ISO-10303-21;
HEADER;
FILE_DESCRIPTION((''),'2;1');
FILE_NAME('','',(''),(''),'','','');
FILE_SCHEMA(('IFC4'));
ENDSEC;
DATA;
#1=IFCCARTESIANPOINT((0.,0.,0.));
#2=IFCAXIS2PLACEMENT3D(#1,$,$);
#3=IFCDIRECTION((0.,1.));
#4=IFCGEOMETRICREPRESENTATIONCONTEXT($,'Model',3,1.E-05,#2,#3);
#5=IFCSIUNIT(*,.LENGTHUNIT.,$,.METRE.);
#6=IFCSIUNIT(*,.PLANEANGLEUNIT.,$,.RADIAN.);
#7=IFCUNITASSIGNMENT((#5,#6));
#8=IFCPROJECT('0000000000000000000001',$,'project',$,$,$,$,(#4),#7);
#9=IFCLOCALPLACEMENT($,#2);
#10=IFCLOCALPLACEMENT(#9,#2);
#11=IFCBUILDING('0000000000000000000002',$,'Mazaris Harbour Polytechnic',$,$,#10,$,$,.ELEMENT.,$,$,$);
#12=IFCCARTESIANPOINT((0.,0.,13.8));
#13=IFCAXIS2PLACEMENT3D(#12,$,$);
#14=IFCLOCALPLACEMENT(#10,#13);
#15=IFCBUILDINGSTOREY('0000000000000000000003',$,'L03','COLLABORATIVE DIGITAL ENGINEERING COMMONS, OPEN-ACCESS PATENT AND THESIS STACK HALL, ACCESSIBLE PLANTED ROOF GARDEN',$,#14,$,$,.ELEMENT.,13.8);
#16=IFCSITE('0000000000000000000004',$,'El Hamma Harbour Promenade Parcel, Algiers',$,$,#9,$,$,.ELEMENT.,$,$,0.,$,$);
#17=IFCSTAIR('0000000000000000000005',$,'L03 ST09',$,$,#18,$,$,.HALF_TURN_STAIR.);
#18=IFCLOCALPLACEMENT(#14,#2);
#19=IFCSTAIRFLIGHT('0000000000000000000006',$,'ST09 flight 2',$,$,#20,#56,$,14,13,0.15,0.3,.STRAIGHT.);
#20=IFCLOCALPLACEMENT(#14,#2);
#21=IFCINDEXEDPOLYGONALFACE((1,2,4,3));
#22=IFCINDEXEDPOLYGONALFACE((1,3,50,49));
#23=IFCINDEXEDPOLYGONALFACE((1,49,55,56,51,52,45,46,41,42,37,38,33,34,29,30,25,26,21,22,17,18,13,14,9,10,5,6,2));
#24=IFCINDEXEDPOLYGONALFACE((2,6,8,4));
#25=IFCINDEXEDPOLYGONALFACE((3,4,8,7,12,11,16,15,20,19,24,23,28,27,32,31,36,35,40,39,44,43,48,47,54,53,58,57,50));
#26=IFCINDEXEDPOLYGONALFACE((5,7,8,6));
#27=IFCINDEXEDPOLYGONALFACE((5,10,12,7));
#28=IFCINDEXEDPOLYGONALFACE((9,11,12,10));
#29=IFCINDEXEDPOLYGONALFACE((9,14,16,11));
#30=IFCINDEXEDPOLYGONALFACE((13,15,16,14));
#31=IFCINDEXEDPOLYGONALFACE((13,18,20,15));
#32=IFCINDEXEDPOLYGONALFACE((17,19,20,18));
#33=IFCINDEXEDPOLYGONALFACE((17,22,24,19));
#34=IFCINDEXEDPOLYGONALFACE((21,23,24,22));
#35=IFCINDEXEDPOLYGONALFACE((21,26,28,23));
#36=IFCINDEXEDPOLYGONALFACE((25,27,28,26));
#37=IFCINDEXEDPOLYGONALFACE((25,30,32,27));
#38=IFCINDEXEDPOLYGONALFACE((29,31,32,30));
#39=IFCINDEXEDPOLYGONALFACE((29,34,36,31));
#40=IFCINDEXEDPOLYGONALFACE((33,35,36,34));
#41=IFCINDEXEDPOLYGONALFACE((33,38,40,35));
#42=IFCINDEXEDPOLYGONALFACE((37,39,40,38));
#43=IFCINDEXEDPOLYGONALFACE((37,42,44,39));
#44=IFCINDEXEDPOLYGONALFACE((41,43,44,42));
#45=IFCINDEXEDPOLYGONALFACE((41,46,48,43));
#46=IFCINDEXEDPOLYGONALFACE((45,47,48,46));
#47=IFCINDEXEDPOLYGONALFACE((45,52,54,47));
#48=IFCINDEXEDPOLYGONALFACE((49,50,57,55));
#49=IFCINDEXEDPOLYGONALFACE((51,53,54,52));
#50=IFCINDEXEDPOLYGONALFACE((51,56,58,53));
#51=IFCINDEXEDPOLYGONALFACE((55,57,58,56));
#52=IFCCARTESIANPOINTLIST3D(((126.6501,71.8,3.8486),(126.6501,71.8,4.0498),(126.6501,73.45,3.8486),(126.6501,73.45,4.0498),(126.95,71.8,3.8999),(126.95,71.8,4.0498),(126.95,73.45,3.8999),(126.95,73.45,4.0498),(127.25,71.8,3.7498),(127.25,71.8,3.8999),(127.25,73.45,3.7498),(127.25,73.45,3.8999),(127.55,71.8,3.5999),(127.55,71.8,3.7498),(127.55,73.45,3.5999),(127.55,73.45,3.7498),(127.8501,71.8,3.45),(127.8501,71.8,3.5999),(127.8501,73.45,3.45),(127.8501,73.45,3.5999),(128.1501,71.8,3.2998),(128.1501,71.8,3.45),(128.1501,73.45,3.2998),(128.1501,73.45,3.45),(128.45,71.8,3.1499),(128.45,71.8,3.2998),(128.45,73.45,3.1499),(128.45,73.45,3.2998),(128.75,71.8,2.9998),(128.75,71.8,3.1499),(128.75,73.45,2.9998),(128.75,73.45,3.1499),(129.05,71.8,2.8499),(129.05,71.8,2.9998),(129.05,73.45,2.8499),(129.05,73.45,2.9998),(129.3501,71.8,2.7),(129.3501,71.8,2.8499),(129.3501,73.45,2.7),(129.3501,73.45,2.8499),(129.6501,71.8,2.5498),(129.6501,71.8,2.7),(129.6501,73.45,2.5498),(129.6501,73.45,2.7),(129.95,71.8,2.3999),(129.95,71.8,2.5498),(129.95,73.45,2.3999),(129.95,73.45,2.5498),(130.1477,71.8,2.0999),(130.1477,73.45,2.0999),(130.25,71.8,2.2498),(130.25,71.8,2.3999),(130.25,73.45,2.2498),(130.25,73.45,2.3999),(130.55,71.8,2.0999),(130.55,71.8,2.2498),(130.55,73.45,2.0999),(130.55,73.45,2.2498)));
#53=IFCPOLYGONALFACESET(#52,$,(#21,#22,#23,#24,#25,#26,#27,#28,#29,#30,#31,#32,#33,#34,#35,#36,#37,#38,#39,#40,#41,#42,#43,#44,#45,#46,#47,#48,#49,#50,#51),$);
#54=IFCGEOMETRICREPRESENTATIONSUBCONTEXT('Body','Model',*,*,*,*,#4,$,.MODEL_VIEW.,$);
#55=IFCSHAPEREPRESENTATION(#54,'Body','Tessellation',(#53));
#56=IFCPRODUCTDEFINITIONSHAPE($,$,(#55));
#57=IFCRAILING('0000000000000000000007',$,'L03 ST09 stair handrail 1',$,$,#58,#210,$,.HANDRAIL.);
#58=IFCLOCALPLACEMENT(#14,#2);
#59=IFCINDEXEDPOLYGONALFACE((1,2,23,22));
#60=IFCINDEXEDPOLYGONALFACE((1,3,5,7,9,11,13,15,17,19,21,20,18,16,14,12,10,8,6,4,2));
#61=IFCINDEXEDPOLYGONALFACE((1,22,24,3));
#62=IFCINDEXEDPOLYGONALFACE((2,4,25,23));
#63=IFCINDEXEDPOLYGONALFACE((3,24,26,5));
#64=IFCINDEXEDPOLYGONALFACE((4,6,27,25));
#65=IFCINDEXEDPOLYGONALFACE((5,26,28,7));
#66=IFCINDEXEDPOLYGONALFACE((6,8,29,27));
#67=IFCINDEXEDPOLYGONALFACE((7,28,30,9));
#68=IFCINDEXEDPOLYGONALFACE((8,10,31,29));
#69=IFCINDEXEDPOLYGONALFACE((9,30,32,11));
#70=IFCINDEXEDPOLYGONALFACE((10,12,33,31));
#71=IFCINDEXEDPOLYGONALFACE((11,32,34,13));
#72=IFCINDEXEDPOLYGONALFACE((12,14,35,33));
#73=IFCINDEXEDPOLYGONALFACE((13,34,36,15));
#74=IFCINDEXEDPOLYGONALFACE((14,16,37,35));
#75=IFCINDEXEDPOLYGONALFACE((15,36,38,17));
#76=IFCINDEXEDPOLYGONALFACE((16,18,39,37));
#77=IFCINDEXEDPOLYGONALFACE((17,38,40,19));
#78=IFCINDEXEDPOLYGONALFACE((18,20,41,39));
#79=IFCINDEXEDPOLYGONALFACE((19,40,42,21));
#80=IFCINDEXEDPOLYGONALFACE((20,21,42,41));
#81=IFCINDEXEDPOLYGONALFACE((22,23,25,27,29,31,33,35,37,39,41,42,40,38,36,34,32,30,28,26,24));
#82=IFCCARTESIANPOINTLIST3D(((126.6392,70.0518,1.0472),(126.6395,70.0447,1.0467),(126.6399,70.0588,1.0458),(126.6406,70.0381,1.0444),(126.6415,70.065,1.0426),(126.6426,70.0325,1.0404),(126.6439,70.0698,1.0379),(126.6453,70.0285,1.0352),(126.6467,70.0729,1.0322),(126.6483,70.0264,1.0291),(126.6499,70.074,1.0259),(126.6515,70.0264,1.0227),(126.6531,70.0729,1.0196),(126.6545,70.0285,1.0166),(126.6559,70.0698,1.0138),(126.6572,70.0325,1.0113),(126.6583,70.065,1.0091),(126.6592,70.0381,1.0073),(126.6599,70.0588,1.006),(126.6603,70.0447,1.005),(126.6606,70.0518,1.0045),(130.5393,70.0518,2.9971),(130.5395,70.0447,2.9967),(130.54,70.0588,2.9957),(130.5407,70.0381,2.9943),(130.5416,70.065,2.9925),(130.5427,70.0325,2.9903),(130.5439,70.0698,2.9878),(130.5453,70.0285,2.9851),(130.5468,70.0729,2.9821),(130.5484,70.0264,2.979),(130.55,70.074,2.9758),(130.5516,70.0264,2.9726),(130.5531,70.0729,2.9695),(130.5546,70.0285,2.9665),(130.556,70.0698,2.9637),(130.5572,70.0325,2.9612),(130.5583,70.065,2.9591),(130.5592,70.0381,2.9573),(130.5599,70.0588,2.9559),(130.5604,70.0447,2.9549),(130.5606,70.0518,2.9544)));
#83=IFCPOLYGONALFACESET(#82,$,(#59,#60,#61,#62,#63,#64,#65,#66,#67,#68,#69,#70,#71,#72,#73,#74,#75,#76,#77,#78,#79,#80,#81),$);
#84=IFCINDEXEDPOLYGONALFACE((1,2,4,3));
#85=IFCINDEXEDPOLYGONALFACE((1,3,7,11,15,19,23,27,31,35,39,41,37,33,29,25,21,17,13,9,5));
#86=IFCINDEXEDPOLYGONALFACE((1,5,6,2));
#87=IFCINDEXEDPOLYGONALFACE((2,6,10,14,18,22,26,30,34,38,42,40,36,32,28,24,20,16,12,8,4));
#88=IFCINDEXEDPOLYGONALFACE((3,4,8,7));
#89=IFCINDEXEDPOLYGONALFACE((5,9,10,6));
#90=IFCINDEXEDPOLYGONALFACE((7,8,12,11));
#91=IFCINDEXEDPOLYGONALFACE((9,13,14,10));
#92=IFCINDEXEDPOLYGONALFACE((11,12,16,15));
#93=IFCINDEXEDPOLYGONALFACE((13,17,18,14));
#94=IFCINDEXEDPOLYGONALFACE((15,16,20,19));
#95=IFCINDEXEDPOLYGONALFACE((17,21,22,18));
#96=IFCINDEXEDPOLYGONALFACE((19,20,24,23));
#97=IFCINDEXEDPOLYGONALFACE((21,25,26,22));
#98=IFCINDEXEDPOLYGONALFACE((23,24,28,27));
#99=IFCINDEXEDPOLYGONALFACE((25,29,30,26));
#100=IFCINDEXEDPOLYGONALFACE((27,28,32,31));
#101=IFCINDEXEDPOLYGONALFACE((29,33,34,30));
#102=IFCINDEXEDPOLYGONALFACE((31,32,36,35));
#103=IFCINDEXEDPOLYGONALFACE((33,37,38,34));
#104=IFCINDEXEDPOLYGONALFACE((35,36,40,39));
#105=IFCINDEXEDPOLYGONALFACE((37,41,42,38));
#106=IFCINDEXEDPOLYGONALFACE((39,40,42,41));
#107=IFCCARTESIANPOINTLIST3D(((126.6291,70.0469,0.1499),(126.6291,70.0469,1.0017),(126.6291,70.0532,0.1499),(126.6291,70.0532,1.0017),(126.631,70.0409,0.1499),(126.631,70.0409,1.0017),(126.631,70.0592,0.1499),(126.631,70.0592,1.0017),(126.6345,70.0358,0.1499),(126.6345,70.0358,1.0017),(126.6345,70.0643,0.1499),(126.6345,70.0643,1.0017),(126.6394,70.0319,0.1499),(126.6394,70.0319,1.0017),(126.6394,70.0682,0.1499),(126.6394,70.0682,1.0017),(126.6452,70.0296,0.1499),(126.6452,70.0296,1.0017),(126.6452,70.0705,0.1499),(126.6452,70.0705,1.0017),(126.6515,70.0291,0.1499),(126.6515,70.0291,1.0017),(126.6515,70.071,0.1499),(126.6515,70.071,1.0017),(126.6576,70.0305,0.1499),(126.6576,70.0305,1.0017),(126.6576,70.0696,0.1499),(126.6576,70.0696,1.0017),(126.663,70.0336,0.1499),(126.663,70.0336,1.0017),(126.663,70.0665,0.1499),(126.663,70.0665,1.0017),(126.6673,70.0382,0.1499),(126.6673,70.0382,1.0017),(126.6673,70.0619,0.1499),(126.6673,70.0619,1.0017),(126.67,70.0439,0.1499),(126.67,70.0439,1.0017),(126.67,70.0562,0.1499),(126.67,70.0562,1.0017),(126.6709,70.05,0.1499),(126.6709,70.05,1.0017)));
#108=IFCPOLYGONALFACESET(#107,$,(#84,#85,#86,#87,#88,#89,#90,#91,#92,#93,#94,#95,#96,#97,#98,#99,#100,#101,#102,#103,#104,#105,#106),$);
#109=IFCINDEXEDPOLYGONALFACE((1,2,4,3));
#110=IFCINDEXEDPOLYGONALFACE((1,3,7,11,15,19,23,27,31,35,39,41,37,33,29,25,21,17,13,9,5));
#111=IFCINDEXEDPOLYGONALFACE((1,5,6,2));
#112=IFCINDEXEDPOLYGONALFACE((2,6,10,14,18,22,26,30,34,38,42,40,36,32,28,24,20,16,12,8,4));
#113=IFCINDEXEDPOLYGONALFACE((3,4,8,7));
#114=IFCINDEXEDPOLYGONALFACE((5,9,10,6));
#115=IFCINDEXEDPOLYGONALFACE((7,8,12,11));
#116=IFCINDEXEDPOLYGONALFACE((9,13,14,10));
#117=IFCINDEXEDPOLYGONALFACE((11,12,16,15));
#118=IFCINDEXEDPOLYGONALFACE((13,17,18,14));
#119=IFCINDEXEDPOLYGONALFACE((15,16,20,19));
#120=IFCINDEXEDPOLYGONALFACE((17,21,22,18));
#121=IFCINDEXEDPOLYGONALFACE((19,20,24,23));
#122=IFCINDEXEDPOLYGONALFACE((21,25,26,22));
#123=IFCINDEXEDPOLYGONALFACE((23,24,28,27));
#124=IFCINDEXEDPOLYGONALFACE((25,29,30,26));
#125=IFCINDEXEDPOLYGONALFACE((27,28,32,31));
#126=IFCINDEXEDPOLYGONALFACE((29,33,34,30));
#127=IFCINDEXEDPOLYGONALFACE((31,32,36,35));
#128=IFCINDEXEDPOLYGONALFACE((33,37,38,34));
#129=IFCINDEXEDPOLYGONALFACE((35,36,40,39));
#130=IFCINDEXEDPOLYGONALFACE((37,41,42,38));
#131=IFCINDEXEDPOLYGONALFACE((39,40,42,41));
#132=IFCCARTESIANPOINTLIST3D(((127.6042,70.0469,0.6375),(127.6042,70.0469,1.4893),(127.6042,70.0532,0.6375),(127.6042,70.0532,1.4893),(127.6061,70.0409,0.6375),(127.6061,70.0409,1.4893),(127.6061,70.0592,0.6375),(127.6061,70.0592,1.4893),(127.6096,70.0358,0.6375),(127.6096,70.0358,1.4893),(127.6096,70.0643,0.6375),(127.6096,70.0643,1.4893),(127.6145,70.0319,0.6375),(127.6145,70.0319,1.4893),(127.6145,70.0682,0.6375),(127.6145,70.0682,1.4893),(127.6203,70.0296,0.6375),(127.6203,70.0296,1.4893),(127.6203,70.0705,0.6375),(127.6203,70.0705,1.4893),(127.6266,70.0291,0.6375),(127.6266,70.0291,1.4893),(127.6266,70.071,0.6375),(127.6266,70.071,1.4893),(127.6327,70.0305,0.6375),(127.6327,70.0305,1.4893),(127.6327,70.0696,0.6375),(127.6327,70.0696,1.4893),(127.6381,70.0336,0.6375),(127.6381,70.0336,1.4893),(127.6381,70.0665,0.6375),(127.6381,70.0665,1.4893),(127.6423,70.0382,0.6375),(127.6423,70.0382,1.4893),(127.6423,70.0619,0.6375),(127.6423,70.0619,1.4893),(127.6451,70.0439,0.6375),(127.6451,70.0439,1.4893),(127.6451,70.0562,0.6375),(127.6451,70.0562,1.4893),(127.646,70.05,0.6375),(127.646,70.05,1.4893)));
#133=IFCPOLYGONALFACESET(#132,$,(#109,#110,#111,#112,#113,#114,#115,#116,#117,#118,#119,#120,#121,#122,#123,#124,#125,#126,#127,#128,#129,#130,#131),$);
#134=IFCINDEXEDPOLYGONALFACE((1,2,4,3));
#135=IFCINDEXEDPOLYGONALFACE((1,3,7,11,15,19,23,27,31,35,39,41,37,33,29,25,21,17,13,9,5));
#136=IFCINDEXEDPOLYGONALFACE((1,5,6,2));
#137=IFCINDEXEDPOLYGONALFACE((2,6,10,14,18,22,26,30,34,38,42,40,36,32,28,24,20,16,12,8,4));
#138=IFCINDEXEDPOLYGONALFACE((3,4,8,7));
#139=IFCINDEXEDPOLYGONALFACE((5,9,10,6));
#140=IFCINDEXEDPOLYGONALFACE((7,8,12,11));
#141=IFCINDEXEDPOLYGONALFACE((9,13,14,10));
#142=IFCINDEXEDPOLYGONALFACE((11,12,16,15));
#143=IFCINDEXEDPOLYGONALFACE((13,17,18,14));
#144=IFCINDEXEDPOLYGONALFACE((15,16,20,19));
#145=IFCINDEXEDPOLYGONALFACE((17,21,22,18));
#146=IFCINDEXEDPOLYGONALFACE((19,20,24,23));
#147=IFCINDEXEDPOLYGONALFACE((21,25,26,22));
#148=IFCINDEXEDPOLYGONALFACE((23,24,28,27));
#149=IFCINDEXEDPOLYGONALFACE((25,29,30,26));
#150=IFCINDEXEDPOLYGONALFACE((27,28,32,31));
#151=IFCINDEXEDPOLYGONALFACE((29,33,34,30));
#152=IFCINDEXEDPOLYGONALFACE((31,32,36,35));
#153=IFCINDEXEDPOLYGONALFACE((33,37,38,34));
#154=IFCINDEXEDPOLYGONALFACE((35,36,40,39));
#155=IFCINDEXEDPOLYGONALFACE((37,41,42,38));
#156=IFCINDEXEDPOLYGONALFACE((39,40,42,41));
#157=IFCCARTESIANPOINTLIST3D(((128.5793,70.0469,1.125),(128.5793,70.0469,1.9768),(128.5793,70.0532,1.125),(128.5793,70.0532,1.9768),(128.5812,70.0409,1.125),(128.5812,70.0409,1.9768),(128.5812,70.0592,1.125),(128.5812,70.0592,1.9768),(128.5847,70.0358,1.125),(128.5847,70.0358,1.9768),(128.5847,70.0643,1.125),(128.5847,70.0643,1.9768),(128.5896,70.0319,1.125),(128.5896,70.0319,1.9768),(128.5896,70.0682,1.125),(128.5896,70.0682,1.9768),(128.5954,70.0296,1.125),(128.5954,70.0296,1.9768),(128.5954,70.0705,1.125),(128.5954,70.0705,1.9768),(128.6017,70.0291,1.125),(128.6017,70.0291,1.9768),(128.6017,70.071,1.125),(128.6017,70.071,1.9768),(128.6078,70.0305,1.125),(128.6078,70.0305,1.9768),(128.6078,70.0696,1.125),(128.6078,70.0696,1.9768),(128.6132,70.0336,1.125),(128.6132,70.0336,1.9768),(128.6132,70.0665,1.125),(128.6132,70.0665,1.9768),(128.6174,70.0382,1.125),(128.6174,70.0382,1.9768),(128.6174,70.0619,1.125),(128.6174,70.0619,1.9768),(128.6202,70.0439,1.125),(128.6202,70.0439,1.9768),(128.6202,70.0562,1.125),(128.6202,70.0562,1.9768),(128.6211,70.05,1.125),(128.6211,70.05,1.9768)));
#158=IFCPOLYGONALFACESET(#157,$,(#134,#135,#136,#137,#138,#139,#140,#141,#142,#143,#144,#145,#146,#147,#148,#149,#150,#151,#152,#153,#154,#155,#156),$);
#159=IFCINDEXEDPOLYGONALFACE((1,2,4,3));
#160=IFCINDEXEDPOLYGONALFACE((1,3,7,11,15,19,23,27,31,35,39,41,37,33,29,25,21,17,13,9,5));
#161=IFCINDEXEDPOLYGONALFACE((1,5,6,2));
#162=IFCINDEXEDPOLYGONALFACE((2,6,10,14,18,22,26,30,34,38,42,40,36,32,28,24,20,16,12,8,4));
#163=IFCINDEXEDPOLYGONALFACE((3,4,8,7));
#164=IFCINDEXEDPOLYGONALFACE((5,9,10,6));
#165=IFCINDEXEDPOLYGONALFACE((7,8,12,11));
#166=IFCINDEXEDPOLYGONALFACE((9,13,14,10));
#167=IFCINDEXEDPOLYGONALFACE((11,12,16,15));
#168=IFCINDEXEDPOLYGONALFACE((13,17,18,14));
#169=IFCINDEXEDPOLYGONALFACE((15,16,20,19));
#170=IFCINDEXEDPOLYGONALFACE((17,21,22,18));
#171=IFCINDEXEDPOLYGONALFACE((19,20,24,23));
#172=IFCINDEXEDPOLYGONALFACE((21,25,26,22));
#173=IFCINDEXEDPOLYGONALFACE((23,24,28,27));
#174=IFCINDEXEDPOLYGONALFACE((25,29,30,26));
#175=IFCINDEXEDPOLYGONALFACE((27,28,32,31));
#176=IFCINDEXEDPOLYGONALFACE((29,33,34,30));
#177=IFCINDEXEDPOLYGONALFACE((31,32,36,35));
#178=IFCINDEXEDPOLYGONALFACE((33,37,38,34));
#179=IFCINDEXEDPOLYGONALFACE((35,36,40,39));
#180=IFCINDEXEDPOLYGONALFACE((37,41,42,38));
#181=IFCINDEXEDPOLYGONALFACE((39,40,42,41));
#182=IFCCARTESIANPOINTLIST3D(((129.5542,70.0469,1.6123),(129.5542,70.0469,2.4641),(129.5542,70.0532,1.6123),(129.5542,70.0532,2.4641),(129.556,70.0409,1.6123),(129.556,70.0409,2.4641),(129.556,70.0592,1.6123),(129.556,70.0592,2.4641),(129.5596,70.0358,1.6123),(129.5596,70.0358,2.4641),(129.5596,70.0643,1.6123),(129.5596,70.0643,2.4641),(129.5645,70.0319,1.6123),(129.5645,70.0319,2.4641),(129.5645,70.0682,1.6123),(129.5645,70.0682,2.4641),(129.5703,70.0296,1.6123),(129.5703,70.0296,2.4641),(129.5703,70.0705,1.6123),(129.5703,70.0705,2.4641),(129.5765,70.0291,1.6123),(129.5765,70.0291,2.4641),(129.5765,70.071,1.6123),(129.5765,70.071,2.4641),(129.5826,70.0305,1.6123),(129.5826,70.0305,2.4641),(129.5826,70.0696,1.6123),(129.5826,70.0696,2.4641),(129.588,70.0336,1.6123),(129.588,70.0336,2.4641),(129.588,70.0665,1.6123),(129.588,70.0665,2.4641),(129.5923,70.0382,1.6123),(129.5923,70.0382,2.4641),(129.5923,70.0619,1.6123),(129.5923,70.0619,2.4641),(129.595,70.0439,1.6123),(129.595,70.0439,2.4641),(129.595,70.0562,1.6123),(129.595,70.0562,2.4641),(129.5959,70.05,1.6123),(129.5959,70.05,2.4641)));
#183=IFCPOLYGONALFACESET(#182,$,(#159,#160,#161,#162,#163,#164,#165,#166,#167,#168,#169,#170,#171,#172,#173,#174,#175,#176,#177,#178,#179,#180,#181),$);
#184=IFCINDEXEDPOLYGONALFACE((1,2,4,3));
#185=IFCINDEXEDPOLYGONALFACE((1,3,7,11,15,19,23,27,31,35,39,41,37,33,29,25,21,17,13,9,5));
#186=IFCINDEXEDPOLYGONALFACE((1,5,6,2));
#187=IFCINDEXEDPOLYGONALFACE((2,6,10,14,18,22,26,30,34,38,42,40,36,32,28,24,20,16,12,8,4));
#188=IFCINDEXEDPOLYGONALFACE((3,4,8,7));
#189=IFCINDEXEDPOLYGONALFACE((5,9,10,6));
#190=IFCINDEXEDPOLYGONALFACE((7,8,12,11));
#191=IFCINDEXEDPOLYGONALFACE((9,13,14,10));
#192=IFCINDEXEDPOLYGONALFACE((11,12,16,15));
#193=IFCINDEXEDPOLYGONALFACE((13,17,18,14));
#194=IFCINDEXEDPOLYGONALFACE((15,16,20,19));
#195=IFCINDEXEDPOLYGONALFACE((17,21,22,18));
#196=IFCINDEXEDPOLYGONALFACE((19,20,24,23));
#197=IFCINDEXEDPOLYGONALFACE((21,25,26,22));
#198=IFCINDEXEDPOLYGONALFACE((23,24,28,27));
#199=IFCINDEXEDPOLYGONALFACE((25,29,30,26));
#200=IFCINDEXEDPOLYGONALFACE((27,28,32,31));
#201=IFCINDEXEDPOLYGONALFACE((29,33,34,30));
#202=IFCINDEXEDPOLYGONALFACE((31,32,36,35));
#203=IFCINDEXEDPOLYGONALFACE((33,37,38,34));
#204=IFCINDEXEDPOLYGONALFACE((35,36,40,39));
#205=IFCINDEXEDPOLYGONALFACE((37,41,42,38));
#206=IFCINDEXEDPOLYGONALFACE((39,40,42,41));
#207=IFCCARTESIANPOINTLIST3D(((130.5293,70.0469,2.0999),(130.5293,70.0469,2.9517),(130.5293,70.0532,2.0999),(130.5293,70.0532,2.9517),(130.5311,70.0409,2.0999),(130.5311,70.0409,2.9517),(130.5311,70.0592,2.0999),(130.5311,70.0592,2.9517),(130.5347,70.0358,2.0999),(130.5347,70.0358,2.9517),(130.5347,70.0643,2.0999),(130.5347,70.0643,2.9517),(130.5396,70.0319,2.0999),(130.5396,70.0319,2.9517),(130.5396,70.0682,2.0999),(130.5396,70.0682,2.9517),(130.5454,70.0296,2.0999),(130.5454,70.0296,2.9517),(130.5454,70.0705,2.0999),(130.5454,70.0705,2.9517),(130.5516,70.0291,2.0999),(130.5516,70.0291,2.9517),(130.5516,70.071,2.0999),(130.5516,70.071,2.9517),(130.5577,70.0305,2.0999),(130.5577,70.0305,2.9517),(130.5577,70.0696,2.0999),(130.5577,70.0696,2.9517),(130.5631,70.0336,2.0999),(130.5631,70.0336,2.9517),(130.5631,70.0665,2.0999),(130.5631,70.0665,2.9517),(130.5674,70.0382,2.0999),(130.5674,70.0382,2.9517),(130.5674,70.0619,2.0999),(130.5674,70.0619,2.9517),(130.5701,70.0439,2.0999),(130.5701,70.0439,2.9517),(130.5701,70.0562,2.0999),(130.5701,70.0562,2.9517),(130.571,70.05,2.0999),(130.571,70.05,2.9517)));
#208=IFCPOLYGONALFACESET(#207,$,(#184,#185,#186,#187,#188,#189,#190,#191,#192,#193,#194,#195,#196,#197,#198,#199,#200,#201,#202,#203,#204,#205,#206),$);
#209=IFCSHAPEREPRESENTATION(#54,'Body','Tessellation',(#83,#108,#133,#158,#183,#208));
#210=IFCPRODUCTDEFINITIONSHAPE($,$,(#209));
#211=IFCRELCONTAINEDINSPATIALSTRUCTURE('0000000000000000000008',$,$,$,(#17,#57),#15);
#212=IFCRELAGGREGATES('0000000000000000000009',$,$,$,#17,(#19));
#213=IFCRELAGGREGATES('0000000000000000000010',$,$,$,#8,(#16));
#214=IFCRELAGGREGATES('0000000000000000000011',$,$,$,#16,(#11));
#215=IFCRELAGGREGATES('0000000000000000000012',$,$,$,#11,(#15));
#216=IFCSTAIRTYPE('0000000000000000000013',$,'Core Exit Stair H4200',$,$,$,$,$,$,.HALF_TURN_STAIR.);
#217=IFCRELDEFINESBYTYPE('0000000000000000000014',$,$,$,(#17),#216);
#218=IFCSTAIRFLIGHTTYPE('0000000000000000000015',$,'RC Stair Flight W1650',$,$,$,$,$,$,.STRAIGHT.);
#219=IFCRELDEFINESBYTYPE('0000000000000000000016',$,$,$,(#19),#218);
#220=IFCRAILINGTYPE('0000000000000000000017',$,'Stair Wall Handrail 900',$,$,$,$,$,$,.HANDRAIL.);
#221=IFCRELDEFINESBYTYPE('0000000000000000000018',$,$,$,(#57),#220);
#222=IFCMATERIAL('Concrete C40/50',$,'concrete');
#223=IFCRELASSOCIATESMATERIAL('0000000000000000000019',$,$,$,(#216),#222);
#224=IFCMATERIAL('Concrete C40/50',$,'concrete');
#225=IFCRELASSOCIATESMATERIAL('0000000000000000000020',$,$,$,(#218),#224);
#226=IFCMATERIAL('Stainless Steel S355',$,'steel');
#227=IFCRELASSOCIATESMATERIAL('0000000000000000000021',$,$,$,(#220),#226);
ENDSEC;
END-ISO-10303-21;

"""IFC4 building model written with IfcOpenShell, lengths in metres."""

from ifc_helpers import new_model, si_unit, direction, frame, origin, origin_2d, place, context, subcontext, project, spatial, polyline, circle, outline, extrude, material, type_object, element, aggregate, save


model = new_model("IFC4")

# Units and contexts
model_context = context("Model", 3, precision=1e-05, world=origin(), true_north=direction((0.0, 1.0)))
body_context = subcontext(model_context, "Body", "Model", "MODEL_VIEW")
ifc_project = project(units=[si_unit("LENGTHUNIT", "METRE"), si_unit("PLANEANGLEUNIT", "RADIAN")], contexts=[model_context])

# Site, building, storey
site_placement = place(None, origin())
site = spatial("IfcSite", under=ifc_project, at=site_placement, Name="El Hamma Harbour Promenade Parcel, Algiers", CompositionType="ELEMENT", RefElevation=0.0)
building_placement = place(site_placement, origin())
building = spatial("IfcBuilding", under=site, at=building_placement, Name="Mazaris Harbour Polytechnic", CompositionType="ELEMENT")
storey_placement = place(building_placement, frame((0.0, 0.0, 13.8)))
storey = spatial("IfcBuildingStorey", under=building, at=storey_placement, Name="L03", Description="COLLABORATIVE DIGITAL ENGINEERING COMMONS, OPEN-ACCESS PATENT AND THESIS STACK HALL, ACCESSIBLE PLANTED ROOF GARDEN", CompositionType="ELEMENT", Elevation=13.8)

# Stair, stair flight
ifc_material_1 = material(Name="Concrete C40/50", Category="concrete")
stair_type = type_object("IfcStairType", Name="Core Exit Stair H4200", PredefinedType="HALF_TURN_STAIR", material=ifc_material_1)
stair_placement = place(storey_placement, origin())
stair = element("IfcStair", 1, at=stair_placement, inside=storey, type_object=stair_type, Name="L03 ST09", PredefinedType="HALF_TURN_STAIR")
ifc_material_2 = material(Name="Concrete C40/50", Category="concrete")
stair_flight_type = type_object("IfcStairFlightType", Name="RC Stair Flight W1650", PredefinedType="STRAIGHT", material=ifc_material_2)
stair_flight_1_placement = place(storey_placement, frame((130.55, 72.625, 2.0999), z_axis=(0.0, 0.0, 1.0), x_axis=(-1.0, 0.0, 0.0)))
stair_flight_1 = element("IfcStairFlight", 2, at=stair_flight_1_placement, type_object=stair_flight_type, Name="ST09 flight 2", NumberOfRisers=14, NumberOfTreads=13, PredefinedType="STRAIGHT", RiserHeight=0.15, TreadLength=0.3, context=body_context, shape_type="SweptSolid", body=[
    extrude(outline(polyline([(0.0, 0.0), (0.0, 0.1499), (0.3, 0.1499), (0.3, 0.3), (0.6001, 0.3), (0.6001, 0.45), (0.8999, 0.45), (0.8999, 0.6001), (1.2, 0.6001), (1.2, 0.75), (1.5, 0.75), (1.5, 0.8999), (1.8, 0.8999), (1.8, 1.05), (2.1001, 1.05), (2.1001, 1.2), (2.3999, 1.2), (2.3999, 1.3501), (2.7, 1.3501), (2.7, 1.5), (3.0, 1.5), (3.0, 1.6499), (3.3, 1.6499), (3.3, 1.8), (3.6001, 1.8), (3.6001, 1.95), (3.8999, 1.95), (3.8999, 2.1001), (3.8999, 1.7488), (0.4023, 0.0), (0.0, 0.0)])), frame((0.0, 0.825, 0.0), z_axis=(0.0, -1.0, 0.0), x_axis=(1.0, 0.0, 0.0)), (0.0, 0.0, 1.0), 1.6499),
])
aggregate(stair, [stair_flight_1])

# Railing
ifc_material_3 = material(Name="Stainless Steel S355", Category="steel")
railing_type_1 = type_object("IfcRailingType", Name="Stair Wall Handrail 900", PredefinedType="HANDRAIL", material=ifc_material_3)
railing_1_placement = place(storey_placement, frame((126.6499, 70.05, 0.1499)))
element("IfcRailing", 3, at=railing_1_placement, inside=storey, type_object=railing_type_1, Name="L03 ST09 stair handrail 1", PredefinedType="HANDRAIL", context=body_context, shape_type="SweptSolid", body=[
    extrude(circle(Radius=0.0239, at=origin_2d()), frame((0.0, 0.0, 0.876), z_axis=(0.894438, 0.0, 0.447191), x_axis=(0.0, 1.0, 0.0)), (0.0, 0.0, 1.0), 4.3604),
    extrude(circle(Radius=0.021, at=origin_2d()), origin(), (0.0, 0.0, 1.0), 0.8518),
    extrude(circle(Radius=0.021, at=origin_2d()), frame((0.9751, 0.0, 0.4875)), (0.0, 0.0, 1.0), 0.8518),
    extrude(circle(Radius=0.021, at=origin_2d()), frame((1.9502, 0.0, 0.9751)), (0.0, 0.0, 1.0), 0.8518),
    extrude(circle(Radius=0.021, at=origin_2d()), frame((2.925, 0.0, 1.4624)), (0.0, 0.0, 1.0), 0.8518),
    extrude(circle(Radius=0.021, at=origin_2d()), frame((3.9001, 0.0, 1.95)), (0.0, 0.0, 1.0), 0.8518),
])

save(model, "model.ifc")
